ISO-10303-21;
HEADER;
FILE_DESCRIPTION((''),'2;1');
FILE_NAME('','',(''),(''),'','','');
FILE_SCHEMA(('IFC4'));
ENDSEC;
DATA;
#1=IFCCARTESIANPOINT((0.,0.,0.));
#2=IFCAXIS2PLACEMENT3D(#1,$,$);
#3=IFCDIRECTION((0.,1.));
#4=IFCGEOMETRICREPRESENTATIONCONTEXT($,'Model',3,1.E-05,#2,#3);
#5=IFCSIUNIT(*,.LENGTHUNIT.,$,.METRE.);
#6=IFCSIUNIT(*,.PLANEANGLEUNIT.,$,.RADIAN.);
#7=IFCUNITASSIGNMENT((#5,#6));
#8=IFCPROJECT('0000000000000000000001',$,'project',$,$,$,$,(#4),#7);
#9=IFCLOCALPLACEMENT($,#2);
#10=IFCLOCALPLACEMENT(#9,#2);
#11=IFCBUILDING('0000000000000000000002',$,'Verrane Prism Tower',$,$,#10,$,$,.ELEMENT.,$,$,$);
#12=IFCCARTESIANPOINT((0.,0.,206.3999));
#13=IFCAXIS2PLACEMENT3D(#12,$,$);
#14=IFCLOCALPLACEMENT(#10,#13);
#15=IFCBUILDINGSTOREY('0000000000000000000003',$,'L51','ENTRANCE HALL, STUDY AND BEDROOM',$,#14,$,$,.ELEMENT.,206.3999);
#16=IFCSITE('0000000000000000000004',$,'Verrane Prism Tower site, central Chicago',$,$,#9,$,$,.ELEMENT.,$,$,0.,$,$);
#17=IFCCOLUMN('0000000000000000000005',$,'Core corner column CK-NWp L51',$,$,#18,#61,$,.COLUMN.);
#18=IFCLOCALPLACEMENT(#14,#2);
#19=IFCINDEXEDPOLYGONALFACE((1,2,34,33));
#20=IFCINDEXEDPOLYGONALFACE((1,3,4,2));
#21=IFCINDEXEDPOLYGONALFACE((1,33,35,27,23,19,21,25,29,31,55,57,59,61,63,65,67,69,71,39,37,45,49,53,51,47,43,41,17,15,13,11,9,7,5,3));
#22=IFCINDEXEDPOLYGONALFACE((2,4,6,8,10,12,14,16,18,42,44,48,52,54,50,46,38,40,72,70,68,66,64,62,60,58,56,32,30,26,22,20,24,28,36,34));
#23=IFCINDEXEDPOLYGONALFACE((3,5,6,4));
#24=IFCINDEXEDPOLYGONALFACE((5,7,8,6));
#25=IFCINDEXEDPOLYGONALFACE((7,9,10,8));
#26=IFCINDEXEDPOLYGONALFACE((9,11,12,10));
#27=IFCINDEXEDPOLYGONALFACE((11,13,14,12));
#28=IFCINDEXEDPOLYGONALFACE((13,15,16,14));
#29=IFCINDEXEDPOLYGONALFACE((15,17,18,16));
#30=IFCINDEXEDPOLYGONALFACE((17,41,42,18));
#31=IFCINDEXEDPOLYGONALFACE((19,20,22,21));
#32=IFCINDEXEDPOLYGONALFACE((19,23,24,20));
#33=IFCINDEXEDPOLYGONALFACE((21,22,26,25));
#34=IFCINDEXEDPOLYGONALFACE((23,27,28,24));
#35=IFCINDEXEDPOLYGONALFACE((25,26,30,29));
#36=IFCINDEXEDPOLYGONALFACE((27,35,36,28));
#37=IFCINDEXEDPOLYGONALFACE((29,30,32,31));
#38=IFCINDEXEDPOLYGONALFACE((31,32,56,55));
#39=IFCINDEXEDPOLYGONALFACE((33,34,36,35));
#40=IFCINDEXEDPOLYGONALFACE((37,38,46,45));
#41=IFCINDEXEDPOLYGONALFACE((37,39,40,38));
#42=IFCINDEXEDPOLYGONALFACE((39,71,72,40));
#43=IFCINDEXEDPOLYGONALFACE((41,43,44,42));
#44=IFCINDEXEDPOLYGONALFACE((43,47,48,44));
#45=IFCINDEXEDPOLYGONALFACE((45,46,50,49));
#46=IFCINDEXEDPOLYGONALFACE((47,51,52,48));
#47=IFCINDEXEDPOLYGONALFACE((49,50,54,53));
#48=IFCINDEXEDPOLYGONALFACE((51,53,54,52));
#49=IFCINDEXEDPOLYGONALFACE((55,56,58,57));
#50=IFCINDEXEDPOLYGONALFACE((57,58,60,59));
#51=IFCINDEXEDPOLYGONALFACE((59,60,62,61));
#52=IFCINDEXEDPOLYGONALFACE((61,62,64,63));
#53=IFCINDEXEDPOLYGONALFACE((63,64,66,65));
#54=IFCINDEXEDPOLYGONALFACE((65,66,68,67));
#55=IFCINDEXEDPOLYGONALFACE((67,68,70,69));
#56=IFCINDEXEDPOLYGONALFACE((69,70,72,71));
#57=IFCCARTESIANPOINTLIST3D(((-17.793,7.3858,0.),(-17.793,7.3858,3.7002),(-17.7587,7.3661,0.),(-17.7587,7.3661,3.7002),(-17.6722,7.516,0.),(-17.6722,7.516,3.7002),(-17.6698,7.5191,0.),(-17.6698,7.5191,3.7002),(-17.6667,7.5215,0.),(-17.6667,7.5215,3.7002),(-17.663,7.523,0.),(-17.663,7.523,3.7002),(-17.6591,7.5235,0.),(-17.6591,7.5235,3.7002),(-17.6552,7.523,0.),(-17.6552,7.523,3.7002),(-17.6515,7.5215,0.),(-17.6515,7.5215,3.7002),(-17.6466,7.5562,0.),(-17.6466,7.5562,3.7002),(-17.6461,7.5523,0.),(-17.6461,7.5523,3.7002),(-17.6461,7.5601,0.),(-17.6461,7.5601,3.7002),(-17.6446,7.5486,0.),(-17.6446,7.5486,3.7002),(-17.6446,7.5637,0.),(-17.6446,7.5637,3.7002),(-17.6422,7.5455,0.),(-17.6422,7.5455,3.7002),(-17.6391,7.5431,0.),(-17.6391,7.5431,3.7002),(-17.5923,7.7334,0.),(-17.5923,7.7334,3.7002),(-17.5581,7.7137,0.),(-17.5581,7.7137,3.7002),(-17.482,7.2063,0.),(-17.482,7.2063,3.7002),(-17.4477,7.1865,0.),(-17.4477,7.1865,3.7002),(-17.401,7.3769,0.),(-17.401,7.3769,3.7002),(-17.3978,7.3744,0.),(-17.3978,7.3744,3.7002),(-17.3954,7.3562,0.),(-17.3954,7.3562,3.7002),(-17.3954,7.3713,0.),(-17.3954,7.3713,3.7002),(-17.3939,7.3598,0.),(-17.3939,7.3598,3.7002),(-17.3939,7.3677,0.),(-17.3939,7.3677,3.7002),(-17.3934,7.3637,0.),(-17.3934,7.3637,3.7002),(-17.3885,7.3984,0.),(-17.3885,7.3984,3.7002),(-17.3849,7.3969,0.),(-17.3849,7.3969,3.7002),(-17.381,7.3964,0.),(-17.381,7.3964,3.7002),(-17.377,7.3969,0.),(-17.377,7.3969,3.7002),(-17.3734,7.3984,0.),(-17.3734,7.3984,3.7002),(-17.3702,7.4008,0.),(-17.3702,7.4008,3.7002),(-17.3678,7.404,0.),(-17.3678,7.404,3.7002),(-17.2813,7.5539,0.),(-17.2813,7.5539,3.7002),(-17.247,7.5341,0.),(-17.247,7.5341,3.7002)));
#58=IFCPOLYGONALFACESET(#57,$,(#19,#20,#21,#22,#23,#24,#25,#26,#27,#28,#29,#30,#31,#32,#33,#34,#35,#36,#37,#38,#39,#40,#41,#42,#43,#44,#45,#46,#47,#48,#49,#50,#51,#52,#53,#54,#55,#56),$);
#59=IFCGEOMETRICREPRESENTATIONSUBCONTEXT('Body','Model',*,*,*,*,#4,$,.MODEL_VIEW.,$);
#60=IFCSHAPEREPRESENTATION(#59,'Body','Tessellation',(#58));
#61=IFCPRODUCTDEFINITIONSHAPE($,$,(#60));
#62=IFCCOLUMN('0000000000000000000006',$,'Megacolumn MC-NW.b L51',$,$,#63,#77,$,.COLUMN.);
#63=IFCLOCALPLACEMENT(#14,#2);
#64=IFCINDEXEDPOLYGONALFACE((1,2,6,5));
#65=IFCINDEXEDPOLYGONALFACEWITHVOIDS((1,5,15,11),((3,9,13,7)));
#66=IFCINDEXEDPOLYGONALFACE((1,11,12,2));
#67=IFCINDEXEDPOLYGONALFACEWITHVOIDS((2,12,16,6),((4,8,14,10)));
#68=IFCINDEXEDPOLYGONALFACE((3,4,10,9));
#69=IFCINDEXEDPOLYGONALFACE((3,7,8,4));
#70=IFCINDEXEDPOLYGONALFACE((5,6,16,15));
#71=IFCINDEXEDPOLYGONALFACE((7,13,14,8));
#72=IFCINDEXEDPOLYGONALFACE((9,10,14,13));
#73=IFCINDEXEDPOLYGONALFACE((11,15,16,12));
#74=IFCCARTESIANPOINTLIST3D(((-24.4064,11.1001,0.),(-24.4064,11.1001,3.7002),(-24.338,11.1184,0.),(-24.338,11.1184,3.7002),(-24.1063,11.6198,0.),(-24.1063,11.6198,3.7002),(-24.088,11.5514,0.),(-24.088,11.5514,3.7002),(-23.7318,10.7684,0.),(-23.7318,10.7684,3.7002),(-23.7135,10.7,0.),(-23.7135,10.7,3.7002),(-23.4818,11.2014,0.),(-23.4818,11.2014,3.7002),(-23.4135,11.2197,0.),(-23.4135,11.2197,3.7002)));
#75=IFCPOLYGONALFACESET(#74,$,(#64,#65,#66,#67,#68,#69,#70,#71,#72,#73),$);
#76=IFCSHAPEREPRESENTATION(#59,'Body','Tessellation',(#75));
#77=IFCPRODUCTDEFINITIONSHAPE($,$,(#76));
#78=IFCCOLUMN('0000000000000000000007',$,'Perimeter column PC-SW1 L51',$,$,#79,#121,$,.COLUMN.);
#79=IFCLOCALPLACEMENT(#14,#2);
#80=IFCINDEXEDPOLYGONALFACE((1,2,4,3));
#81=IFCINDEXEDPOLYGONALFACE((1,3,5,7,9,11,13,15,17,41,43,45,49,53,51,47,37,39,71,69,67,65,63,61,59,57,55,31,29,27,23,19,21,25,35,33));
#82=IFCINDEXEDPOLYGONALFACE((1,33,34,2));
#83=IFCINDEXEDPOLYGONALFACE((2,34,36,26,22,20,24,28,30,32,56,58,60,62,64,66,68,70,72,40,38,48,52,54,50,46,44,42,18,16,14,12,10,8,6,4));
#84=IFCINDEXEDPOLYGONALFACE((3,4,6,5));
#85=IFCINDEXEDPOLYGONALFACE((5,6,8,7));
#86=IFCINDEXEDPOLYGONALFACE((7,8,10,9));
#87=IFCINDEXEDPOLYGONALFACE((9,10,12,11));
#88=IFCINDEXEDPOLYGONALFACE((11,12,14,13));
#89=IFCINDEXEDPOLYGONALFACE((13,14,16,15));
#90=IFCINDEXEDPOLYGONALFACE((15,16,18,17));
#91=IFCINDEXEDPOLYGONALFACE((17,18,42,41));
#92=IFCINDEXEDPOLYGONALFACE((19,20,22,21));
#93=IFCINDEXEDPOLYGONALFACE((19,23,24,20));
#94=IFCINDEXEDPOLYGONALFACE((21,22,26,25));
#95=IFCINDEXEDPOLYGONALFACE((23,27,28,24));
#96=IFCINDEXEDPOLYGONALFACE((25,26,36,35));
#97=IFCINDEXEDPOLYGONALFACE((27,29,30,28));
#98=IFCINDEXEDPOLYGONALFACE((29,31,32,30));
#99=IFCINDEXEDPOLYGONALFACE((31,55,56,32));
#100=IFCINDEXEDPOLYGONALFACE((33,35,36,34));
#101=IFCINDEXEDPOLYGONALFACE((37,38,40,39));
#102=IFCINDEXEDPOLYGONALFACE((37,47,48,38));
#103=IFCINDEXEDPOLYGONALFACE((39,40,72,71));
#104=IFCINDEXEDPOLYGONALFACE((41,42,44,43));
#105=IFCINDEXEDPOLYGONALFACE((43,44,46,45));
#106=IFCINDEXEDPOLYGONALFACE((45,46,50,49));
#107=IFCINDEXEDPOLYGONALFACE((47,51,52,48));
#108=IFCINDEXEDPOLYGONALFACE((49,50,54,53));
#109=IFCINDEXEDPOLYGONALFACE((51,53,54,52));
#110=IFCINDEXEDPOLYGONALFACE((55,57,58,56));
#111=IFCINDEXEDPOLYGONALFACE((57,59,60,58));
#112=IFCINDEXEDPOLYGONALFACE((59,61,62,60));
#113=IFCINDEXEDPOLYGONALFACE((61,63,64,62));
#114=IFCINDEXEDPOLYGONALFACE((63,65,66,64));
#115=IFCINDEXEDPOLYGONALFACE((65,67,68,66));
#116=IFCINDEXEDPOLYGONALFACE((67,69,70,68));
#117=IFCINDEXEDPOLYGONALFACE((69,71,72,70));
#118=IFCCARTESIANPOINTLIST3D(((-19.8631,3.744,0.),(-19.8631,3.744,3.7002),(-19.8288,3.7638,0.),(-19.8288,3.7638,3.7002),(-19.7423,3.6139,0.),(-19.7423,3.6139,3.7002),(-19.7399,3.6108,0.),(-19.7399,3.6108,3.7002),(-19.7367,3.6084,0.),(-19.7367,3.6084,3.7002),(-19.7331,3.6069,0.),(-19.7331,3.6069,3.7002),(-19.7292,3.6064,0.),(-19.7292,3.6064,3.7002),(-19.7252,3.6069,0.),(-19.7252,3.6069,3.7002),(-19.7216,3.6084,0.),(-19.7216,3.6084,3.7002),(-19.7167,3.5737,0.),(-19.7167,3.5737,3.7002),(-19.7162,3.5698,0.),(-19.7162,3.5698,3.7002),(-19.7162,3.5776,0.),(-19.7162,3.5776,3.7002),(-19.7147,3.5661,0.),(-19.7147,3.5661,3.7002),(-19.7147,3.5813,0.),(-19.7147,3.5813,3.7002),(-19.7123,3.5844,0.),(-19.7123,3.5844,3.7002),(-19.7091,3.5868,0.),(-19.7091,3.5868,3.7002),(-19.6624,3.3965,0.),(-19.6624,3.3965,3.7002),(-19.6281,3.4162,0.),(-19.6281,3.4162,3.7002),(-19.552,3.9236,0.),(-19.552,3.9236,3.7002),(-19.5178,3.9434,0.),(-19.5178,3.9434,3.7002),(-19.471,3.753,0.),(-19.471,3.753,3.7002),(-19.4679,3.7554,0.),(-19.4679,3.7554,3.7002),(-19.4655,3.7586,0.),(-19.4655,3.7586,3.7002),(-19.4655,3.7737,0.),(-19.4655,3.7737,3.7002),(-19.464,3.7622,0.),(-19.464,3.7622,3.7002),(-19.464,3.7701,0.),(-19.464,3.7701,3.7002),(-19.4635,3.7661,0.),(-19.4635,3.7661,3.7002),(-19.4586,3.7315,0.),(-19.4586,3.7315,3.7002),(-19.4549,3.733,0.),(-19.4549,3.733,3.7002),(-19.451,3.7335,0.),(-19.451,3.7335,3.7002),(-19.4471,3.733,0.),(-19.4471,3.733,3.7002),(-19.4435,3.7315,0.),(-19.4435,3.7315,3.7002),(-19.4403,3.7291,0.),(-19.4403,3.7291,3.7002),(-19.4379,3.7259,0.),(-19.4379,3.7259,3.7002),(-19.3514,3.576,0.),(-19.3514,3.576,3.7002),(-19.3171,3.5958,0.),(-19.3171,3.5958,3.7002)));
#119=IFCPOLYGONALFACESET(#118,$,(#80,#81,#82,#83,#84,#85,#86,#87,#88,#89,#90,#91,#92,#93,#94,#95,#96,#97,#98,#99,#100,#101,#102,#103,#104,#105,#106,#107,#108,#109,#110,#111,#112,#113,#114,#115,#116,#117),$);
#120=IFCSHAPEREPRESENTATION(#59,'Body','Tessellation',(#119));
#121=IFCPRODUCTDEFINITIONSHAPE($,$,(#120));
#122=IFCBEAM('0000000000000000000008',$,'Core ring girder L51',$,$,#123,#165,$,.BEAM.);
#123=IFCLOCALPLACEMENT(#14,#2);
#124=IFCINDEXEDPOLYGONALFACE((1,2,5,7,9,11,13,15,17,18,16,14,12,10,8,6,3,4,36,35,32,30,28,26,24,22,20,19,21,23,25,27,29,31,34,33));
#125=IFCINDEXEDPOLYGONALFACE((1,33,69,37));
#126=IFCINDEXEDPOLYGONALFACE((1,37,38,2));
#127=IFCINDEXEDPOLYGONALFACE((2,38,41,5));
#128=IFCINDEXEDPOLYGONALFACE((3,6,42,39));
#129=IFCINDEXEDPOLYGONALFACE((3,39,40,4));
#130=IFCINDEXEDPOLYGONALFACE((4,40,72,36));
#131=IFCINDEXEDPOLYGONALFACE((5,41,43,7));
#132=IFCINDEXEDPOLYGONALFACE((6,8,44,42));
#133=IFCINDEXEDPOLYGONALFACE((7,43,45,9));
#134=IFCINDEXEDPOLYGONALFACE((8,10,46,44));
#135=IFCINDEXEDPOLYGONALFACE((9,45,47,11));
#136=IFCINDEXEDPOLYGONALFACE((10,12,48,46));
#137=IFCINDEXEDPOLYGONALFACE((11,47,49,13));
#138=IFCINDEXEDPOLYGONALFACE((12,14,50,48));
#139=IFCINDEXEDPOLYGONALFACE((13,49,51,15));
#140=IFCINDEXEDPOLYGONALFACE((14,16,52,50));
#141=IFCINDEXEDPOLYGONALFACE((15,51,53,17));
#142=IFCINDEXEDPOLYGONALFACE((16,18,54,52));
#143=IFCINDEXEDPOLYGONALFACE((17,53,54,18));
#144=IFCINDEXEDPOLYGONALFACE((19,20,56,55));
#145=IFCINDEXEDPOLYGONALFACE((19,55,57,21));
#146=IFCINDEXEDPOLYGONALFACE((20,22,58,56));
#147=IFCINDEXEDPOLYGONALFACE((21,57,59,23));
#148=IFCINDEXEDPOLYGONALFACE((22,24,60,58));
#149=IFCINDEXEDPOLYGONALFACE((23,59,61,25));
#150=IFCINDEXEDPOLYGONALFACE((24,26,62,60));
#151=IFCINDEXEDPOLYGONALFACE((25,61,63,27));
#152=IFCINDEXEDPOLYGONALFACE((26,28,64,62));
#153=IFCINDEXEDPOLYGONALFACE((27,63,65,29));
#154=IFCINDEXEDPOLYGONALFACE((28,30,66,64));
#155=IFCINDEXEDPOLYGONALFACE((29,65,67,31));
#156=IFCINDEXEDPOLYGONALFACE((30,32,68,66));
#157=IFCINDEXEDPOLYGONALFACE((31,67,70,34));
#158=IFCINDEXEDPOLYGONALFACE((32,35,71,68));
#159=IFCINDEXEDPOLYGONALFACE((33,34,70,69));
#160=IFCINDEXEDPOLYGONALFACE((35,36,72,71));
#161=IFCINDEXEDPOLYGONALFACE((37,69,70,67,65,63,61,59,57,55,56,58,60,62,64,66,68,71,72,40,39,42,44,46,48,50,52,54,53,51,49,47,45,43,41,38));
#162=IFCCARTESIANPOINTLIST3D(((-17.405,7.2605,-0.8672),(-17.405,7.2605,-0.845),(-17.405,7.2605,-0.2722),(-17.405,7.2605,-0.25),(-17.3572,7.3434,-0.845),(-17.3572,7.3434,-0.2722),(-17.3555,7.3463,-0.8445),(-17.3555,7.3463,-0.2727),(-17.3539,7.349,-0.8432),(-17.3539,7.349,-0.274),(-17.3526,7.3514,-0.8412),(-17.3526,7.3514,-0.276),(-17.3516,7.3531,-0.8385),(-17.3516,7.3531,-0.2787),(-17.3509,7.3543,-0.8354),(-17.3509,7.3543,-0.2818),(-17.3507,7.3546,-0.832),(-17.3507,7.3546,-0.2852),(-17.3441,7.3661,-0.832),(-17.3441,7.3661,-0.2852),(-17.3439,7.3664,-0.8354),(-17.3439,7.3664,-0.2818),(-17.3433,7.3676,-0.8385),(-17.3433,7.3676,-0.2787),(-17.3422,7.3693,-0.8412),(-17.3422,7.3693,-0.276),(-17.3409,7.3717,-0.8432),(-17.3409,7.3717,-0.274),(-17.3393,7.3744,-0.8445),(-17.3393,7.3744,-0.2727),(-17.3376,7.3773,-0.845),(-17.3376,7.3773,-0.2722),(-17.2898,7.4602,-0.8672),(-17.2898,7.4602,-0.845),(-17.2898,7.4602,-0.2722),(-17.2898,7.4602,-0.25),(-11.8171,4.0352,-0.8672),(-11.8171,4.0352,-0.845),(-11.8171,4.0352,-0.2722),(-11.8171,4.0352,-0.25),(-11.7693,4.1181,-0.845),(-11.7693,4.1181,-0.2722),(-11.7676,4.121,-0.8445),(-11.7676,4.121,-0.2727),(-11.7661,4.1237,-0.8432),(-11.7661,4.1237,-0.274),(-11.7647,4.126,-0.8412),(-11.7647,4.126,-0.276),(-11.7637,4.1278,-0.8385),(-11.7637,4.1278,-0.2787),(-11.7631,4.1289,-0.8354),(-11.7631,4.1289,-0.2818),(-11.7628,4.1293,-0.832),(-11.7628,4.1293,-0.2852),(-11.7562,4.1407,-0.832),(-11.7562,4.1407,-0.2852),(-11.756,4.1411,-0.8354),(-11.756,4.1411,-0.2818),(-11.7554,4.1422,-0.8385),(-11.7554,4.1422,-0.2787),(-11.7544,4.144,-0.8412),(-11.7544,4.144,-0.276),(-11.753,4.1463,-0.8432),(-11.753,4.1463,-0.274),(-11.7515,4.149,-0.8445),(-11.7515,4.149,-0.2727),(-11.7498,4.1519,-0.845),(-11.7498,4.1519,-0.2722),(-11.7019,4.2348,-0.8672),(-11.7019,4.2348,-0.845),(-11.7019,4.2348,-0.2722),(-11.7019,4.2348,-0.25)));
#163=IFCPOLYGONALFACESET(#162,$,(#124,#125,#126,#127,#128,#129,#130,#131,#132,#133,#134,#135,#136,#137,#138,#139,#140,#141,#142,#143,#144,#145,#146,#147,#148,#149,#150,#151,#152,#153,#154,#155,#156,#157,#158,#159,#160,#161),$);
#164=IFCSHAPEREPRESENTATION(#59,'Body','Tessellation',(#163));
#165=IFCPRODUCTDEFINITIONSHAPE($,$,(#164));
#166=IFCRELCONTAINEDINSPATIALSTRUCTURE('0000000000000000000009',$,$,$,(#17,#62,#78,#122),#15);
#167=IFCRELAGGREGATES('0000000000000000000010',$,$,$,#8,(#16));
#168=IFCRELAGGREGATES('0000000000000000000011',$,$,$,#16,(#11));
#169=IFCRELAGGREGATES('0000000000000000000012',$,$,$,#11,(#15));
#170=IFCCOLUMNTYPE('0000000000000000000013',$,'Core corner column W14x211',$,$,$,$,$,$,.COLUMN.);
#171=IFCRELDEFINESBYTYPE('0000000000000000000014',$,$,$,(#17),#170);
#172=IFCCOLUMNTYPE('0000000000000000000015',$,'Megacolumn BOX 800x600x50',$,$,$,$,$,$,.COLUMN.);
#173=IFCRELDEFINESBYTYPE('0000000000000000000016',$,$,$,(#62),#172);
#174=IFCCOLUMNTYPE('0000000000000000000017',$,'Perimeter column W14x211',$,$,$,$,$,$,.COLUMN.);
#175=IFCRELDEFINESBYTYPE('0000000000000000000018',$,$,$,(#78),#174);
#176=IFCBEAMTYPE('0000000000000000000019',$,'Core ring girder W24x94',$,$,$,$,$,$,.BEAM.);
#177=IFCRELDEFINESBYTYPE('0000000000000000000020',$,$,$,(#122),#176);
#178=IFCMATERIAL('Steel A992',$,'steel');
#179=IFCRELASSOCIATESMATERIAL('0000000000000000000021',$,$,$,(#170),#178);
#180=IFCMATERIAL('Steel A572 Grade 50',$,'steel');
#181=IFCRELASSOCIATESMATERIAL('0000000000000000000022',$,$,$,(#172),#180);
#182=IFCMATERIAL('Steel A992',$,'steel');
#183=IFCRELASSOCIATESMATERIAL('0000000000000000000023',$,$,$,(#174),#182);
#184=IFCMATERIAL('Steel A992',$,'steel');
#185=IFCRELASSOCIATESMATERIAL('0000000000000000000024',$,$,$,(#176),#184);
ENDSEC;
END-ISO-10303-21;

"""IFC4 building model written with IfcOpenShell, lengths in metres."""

from ifc_helpers import new_model, si_unit, direction, frame, origin, origin_2d, place, context, subcontext, project, spatial, hollow_rectangle, i_section, extrude, material, material_profile, profile_set, type_object, element, save


model = new_model("IFC4")

# Units and contexts
model_context = context("Model", 3, precision=1e-05, world=origin(), true_north=direction((0.0, 1.0)))
body_context = subcontext(model_context, "Body", "Model", "MODEL_VIEW")
ifc_project = project(units=[si_unit("LENGTHUNIT", "METRE"), si_unit("PLANEANGLEUNIT", "RADIAN")], contexts=[model_context])

# Site, building, storey
site_placement = place(None, origin())
site = spatial("IfcSite", under=ifc_project, at=site_placement, Name="Verrane Prism Tower site, central Chicago", CompositionType="ELEMENT", RefElevation=0.0)
building_placement = place(site_placement, origin())
building = spatial("IfcBuilding", under=site, at=building_placement, Name="Verrane Prism Tower", CompositionType="ELEMENT")
storey_placement = place(building_placement, frame((0.0, 0.0, 206.3999)))
storey = spatial("IfcBuildingStorey", under=building, at=storey_placement, Name="L51", Description="ENTRANCE HALL, STUDY AND BEDROOM", CompositionType="ELEMENT", Elevation=206.3999)

# Columns
ifc_material_1 = material(Name="Steel A992", Category="steel")
ifc_material_profile_1 = material_profile(ifc_material_1, i_section(OverallWidth=0.4014, OverallDepth=0.3987, WebThickness=0.0249, FlangeThickness=0.0396, FilletRadius=0.0151, at=origin_2d()), Name="W14x211")
ifc_profile_set_1 = profile_set([ifc_material_profile_1], Name="Steel A992")
column_type_1 = type_object("IfcColumnType", Name="Core corner column W14x211", PredefinedType="COLUMN", material=ifc_profile_set_1)
column_1_placement = place(storey_placement, frame((-17.52, 7.46, 0.0), z_axis=(0.0, 0.0, 1.0), x_axis=(0.5, 0.866025, 0.0)))
element("IfcColumn", 1, at=column_1_placement, inside=storey, type_object=column_type_1, Name="Core corner column CK-NWp L51", PredefinedType="COLUMN", context=body_context, shape_type="SweptSolid", body=[
    extrude(i_section(OverallWidth=0.4014, OverallDepth=0.3987, WebThickness=0.0249, FlangeThickness=0.0396, FilletRadius=0.0151, at=origin_2d()), origin(), (0.0, 0.0, 1.0), 3.7002),
])
ifc_material_2 = material(Name="Steel A572 Grade 50", Category="steel")
ifc_material_profile_2 = material_profile(ifc_material_2, hollow_rectangle(XDim=0.6001, YDim=0.8, WallThickness=0.05, at=origin_2d()), Name="BOX 800x600x50")
ifc_profile_set_2 = profile_set([ifc_material_profile_2], Name="Steel A572 Grade 50")
column_type_2 = type_object("IfcColumnType", Name="Megacolumn BOX 800x600x50", PredefinedType="COLUMN", material=ifc_profile_set_2)
column_2_placement = place(storey_placement, frame((-23.9099, 11.1599, 0.0), z_axis=(0.0, 0.0, 1.0), x_axis=(0.5, 0.866025, 0.0)))
element("IfcColumn", 2, at=column_2_placement, inside=storey, type_object=column_type_2, Name="Megacolumn MC-NW.b L51", PredefinedType="COLUMN", context=body_context, shape_type="SweptSolid", body=[
    extrude(hollow_rectangle(XDim=0.6001, YDim=0.8, WallThickness=0.05, at=origin_2d()), origin(), (0.0, 0.0, 1.0), 3.7002),
])
ifc_material_3 = material(Name="Steel A992", Category="steel")
ifc_material_profile_3 = material_profile(ifc_material_3, i_section(OverallWidth=0.4014, OverallDepth=0.3987, WebThickness=0.0249, FlangeThickness=0.0396, FilletRadius=0.0151, at=origin_2d()), Name="W14x211")
ifc_profile_set_3 = profile_set([ifc_material_profile_3], Name="Steel A992")
column_type_3 = type_object("IfcColumnType", Name="Perimeter column W14x211", PredefinedType="COLUMN", material=ifc_profile_set_3)
column_3_placement = place(storey_placement, frame((-19.5901, 3.6699, 0.0), z_axis=(0.0, 0.0, 1.0), x_axis=(-0.5, 0.866025, 0.0)))
element("IfcColumn", 3, at=column_3_placement, inside=storey, type_object=column_type_3, Name="Perimeter column PC-SW1 L51", PredefinedType="COLUMN", context=body_context, shape_type="SweptSolid", body=[
    extrude(i_section(OverallWidth=0.4014, OverallDepth=0.3987, WebThickness=0.0249, FlangeThickness=0.0396, FilletRadius=0.0151, at=origin_2d()), origin(), (0.0, 0.0, 1.0), 3.7002),
])

# Beam
ifc_material_4 = material(Name="Steel A992", Category="steel")
ifc_material_profile_4 = material_profile(ifc_material_4, i_section(OverallWidth=0.2305, OverallDepth=0.6172, WebThickness=0.0132, FlangeThickness=0.0222, FilletRadius=0.0129, at=origin_2d()), Name="W24x94")
ifc_profile_set_4 = profile_set([ifc_material_profile_4], Name="Steel A992")
beam_type_1 = type_object("IfcBeamType", Name="Core ring girder W24x94", PredefinedType="BEAM", material=ifc_profile_set_4)
beam_1_placement = place(storey_placement, frame((-17.3474, 7.3604, -0.5586), z_axis=(0.866081, -0.499904, 0.0), x_axis=(0.499904, 0.866081, 0.0)))
element("IfcBeam", 4, at=beam_1_placement, inside=storey, type_object=beam_type_1, Name="Core ring girder L51", PredefinedType="BEAM", context=body_context, shape_type="SweptSolid", body=[
    extrude(i_section(OverallWidth=0.2305, OverallDepth=0.6172, WebThickness=0.0132, FlangeThickness=0.0222, FilletRadius=0.0129, at=origin_2d()), origin(), (0.0, 0.0, 1.0), 6.4519),
])

save(model, "model.ifc")
